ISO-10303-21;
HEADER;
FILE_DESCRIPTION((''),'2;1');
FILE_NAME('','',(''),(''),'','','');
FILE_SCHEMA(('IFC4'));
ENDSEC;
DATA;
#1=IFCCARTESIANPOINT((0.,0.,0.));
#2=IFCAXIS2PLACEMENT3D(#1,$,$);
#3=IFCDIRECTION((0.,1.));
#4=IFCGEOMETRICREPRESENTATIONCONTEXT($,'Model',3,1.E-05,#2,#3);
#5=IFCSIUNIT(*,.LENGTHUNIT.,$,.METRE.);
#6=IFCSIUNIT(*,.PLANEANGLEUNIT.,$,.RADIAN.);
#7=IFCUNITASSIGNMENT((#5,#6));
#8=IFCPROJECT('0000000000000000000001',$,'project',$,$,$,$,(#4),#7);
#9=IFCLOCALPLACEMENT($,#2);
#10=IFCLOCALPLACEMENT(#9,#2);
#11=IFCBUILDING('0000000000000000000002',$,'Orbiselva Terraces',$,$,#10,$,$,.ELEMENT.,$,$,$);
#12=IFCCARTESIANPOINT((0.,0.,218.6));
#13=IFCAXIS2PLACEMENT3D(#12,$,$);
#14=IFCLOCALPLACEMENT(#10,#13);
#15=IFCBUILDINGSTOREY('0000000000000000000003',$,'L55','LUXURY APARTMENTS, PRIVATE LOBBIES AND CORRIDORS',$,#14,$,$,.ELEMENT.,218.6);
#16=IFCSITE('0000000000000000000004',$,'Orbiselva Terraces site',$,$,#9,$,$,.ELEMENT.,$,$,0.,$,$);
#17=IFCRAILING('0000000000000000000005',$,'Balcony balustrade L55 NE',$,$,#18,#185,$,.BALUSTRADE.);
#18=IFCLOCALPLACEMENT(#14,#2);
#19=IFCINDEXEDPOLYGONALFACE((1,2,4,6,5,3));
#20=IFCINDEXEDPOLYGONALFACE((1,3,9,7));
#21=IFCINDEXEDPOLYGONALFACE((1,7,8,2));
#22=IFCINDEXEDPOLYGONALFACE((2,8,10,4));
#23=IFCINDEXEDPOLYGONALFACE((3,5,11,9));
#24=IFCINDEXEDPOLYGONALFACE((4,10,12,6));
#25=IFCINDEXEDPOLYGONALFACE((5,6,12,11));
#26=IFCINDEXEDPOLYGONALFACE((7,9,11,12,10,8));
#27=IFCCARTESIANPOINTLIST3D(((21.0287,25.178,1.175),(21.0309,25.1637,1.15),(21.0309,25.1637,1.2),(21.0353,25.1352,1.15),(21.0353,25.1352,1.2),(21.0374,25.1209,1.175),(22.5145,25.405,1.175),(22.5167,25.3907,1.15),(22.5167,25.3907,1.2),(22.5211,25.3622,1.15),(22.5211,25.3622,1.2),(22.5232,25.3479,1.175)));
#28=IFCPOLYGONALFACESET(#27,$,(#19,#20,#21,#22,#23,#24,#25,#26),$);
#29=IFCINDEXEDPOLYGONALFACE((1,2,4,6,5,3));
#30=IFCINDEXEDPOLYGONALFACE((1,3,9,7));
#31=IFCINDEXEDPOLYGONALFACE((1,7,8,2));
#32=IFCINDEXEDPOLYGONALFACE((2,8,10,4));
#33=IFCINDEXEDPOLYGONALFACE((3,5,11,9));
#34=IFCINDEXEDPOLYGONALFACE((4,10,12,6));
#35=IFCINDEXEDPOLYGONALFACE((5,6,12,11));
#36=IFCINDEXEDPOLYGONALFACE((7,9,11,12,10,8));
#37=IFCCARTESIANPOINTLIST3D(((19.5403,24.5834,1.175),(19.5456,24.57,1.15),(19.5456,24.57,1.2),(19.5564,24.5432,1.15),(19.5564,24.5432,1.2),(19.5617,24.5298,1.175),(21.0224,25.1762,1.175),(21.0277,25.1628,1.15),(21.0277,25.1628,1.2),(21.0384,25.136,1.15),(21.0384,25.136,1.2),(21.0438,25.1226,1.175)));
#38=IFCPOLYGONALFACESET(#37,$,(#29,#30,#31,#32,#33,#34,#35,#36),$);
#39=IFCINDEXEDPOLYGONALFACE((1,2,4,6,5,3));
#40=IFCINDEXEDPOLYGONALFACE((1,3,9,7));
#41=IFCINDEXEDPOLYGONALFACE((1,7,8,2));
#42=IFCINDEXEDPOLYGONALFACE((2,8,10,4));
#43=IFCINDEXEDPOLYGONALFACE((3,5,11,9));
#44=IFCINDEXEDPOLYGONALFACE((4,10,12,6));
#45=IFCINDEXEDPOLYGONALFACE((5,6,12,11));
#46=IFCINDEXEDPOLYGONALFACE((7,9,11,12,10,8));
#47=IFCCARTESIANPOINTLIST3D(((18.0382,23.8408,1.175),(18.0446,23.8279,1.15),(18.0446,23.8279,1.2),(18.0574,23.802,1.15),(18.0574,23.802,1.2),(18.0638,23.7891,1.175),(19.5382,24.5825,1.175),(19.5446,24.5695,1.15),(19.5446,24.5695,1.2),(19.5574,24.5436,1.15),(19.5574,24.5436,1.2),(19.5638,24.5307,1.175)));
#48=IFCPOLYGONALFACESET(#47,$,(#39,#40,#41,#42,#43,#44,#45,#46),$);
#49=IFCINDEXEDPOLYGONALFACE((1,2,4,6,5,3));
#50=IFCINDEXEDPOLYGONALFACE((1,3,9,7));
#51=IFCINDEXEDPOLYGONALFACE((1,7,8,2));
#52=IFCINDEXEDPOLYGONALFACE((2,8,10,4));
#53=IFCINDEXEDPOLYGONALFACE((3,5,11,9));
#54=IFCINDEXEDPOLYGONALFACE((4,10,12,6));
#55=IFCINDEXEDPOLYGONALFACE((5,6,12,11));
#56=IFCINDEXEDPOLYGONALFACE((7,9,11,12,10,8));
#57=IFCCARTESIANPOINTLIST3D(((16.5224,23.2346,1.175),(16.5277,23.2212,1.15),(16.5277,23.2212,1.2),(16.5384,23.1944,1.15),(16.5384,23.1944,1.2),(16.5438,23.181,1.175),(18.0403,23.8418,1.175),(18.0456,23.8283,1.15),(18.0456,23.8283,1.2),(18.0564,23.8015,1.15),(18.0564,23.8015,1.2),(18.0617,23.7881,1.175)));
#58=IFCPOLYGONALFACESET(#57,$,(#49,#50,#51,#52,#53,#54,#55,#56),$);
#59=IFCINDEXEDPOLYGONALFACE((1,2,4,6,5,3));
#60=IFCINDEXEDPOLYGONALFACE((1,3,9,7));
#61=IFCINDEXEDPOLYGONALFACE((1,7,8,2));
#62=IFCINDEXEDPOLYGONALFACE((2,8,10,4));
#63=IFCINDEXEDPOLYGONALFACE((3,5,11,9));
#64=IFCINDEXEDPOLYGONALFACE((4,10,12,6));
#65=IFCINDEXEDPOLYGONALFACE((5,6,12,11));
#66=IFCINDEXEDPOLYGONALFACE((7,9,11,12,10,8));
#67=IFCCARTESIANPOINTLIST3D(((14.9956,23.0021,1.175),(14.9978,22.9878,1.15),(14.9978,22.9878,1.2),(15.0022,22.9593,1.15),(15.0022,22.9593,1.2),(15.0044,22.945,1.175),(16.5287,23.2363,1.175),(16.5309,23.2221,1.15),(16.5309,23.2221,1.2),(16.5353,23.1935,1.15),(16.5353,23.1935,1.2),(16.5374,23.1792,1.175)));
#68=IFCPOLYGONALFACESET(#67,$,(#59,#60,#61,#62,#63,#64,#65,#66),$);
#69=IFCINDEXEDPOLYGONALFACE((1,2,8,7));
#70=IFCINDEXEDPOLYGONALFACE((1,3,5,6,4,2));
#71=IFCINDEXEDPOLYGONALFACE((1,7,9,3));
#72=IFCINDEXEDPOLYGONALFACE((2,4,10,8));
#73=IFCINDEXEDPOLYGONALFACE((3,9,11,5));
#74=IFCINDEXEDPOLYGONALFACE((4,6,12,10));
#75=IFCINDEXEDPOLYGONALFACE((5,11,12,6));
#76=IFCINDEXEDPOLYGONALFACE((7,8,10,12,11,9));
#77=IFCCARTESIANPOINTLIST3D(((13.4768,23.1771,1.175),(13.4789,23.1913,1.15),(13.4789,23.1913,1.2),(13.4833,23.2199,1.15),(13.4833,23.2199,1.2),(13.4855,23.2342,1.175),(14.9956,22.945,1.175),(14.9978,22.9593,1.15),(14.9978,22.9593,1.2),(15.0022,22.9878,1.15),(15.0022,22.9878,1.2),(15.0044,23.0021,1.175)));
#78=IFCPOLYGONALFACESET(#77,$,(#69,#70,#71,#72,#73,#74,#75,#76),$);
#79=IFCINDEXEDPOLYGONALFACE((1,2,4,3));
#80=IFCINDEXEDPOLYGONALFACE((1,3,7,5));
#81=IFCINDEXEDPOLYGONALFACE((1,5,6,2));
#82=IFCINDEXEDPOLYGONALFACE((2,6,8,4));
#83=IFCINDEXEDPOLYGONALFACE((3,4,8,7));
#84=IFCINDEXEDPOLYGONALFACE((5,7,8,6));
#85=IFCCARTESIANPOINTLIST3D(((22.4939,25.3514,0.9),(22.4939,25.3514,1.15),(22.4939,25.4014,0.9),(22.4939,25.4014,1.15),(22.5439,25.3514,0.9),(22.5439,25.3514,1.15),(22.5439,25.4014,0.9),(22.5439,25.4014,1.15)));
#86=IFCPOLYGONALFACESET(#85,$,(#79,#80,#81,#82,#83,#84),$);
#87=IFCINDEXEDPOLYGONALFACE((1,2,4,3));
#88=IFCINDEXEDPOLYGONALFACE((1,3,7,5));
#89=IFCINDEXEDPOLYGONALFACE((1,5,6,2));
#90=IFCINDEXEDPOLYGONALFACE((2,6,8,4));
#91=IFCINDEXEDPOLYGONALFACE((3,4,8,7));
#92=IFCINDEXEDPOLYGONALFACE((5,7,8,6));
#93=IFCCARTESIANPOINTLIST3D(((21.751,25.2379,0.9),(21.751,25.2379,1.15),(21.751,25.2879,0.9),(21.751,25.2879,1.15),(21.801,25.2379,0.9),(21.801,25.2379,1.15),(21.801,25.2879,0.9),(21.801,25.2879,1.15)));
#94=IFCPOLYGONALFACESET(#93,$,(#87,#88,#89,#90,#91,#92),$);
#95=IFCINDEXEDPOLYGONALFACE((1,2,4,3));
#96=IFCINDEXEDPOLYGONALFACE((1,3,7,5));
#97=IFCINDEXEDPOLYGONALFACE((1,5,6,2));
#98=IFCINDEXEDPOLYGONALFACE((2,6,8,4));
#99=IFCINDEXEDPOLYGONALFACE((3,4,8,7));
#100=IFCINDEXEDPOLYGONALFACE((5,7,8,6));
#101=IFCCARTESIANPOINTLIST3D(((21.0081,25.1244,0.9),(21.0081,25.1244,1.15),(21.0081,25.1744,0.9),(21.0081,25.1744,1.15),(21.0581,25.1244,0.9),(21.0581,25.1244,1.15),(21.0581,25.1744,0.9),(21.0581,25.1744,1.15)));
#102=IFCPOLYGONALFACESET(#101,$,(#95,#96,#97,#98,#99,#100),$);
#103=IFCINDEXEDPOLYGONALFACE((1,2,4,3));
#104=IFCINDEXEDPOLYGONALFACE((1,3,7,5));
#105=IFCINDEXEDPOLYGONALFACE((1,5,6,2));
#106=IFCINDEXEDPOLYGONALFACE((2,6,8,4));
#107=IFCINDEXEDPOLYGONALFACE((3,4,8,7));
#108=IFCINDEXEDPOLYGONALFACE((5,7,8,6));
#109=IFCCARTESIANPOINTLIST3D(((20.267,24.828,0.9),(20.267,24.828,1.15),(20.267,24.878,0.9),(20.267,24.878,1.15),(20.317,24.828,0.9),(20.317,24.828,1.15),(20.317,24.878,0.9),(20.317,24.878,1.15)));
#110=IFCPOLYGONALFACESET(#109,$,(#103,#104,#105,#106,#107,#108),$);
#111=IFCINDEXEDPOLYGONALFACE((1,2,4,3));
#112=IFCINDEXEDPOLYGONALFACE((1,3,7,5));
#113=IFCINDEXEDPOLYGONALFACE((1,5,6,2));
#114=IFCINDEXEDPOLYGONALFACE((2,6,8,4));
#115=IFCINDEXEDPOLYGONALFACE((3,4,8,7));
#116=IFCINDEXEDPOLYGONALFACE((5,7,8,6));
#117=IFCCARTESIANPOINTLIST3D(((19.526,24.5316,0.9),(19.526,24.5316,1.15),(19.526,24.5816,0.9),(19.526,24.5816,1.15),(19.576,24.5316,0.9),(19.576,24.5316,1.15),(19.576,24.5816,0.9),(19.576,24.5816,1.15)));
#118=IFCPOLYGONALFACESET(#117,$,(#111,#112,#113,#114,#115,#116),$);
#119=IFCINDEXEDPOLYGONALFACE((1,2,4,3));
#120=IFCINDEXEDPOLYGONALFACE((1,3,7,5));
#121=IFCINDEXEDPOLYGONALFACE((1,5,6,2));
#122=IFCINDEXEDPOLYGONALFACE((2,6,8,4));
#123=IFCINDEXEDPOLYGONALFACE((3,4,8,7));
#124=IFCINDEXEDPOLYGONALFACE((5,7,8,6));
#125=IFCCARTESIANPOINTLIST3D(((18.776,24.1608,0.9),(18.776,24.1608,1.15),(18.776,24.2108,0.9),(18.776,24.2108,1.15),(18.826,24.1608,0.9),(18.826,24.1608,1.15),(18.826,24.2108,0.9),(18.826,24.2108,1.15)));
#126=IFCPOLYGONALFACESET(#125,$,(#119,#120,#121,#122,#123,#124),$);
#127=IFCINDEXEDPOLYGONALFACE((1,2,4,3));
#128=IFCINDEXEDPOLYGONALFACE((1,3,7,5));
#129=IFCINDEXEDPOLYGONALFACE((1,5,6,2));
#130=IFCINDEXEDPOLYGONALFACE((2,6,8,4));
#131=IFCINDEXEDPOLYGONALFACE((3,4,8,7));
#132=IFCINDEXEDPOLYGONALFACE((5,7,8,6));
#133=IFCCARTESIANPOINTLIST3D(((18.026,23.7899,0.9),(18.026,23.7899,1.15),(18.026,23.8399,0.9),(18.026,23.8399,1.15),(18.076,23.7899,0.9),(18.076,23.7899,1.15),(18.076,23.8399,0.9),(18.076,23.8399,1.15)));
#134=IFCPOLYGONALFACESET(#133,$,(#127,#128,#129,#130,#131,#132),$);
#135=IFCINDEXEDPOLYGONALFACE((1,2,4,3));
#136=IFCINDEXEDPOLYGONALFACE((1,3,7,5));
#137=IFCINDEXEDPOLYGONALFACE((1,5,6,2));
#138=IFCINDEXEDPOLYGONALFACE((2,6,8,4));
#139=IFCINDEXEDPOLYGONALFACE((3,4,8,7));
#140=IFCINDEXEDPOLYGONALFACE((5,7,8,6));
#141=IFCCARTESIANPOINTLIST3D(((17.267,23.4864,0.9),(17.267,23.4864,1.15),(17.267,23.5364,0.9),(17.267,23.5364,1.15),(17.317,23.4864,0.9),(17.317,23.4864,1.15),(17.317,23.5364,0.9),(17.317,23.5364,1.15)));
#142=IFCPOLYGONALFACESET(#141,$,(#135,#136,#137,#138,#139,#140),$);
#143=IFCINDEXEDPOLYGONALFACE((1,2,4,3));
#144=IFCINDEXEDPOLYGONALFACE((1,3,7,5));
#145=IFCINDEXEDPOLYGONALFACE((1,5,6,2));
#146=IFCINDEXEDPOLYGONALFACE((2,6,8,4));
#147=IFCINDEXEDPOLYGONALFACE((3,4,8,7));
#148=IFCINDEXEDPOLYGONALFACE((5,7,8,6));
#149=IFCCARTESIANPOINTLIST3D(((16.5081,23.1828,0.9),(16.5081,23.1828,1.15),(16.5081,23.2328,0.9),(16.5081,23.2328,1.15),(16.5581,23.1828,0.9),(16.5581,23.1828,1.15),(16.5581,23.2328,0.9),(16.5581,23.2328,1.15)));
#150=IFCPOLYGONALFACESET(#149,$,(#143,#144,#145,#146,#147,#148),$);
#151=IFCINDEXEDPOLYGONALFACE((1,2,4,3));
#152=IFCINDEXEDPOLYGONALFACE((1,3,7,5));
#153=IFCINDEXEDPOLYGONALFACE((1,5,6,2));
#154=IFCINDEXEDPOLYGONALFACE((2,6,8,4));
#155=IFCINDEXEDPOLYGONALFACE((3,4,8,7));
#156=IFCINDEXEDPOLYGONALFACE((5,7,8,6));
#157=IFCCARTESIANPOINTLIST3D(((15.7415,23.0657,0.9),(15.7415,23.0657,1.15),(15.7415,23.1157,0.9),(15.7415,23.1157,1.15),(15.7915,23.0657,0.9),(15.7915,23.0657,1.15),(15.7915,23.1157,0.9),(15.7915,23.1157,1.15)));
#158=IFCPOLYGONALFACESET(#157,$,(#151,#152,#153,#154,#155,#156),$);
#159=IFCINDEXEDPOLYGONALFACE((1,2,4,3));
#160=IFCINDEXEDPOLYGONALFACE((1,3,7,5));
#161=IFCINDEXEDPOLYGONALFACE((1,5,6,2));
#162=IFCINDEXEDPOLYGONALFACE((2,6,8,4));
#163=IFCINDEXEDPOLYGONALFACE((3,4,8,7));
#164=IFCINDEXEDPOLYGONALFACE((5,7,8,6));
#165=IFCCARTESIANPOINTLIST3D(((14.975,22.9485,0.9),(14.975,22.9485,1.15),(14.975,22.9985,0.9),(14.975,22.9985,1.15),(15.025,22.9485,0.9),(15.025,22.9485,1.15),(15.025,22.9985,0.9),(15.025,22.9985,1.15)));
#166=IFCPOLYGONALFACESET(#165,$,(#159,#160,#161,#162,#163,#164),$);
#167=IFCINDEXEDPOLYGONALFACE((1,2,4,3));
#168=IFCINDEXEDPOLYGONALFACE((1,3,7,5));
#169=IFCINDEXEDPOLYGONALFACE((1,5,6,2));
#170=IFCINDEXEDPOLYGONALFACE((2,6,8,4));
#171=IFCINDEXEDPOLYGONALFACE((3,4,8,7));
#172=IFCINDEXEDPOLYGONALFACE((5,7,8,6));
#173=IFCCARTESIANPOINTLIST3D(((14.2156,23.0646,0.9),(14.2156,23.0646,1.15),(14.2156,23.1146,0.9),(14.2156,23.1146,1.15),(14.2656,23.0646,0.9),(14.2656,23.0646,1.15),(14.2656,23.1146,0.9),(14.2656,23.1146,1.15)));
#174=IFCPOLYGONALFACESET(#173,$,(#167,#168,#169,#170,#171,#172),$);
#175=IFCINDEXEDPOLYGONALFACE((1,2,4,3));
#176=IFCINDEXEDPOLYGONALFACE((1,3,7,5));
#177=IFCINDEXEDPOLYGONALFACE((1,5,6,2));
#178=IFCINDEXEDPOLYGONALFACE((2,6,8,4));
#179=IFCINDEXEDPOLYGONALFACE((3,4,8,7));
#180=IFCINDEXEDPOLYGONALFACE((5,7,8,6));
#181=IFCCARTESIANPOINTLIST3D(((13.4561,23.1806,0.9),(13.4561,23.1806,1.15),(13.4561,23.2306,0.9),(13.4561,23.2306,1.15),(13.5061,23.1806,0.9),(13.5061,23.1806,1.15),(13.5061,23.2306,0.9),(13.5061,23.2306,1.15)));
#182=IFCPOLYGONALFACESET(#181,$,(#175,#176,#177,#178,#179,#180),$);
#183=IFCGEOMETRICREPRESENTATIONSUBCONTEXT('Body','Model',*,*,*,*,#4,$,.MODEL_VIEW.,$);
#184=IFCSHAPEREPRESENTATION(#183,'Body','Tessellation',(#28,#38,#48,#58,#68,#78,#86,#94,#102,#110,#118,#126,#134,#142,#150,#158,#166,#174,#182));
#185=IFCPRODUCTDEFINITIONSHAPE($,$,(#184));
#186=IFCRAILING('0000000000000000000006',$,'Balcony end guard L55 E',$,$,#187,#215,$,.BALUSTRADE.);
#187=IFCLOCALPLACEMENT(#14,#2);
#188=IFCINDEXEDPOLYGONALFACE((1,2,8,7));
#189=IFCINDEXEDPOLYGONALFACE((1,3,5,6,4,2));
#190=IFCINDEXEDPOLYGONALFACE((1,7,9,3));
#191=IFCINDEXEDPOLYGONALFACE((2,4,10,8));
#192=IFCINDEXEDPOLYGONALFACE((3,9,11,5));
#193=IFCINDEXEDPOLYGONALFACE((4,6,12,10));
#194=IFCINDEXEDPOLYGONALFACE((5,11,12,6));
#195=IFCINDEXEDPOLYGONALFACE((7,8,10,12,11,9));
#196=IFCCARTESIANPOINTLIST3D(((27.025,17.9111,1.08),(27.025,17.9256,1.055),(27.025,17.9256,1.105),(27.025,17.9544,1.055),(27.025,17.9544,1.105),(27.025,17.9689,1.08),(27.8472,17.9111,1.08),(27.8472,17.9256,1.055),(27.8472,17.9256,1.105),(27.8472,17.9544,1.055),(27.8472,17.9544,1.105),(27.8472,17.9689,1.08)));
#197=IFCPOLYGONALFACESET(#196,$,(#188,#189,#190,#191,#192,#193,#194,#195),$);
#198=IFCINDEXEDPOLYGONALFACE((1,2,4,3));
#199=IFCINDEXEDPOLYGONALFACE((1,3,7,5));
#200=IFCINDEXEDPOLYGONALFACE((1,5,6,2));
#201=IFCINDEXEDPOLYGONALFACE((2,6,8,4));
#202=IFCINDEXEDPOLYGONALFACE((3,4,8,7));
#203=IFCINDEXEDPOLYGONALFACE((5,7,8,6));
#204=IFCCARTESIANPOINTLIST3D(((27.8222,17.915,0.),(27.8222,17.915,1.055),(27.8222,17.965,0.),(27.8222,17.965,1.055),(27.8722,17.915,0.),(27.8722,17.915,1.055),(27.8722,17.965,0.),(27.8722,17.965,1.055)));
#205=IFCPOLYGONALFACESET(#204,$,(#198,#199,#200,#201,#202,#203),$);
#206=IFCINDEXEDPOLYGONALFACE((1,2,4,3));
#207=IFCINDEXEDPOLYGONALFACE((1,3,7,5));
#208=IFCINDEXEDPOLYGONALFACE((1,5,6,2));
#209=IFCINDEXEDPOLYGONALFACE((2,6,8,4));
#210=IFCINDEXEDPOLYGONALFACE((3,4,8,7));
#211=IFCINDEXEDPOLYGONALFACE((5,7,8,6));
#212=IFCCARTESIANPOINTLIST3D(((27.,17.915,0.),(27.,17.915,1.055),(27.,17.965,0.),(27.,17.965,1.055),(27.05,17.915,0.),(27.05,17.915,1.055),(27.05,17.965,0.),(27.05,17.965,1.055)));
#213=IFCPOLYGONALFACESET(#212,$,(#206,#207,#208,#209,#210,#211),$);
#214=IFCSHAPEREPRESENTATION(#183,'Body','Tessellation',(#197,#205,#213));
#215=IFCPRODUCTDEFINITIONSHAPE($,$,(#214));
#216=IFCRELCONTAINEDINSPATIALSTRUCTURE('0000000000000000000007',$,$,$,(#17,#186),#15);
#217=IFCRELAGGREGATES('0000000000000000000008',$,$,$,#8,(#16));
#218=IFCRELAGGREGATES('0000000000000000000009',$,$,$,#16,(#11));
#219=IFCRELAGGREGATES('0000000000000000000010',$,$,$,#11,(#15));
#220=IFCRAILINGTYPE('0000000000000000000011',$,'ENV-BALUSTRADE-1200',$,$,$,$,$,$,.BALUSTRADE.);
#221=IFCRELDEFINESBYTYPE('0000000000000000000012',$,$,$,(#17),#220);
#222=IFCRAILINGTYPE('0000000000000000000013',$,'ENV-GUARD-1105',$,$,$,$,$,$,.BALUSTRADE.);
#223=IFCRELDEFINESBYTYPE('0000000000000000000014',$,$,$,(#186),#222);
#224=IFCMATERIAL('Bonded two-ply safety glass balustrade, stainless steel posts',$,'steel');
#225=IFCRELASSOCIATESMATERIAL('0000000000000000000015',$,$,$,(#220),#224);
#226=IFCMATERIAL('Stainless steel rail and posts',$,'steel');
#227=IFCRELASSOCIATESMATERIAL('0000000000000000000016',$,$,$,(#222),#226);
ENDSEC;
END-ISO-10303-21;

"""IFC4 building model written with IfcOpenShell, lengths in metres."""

from ifc_helpers import new_model, si_unit, direction, frame, origin, origin_2d, place, context, subcontext, project, spatial, polyline, rectangle, outline, extrude, material, type_object, element, save


model = new_model("IFC4")

# Units and contexts
model_context = context("Model", 3, precision=1e-05, world=origin(), true_north=direction((0.0, 1.0)))
body_context = subcontext(model_context, "Body", "Model", "MODEL_VIEW")
ifc_project = project(units=[si_unit("LENGTHUNIT", "METRE"), si_unit("PLANEANGLEUNIT", "RADIAN")], contexts=[model_context])

# Site, building, storey
site_placement = place(None, origin())
site = spatial("IfcSite", under=ifc_project, at=site_placement, Name="Orbiselva Terraces site", CompositionType="ELEMENT", RefElevation=0.0)
building_placement = place(site_placement, origin())
building = spatial("IfcBuilding", under=site, at=building_placement, Name="Orbiselva Terraces", CompositionType="ELEMENT")
storey_placement = place(building_placement, frame((0.0, 0.0, 218.6)))
storey = spatial("IfcBuildingStorey", under=building, at=storey_placement, Name="L55", Description="LUXURY APARTMENTS, PRIVATE LOBBIES AND CORRIDORS", CompositionType="ELEMENT", Elevation=218.6)

# Railings
ifc_material_1 = material(Name="Bonded two-ply safety glass balustrade, stainless steel posts", Category="steel")
railing_type_1 = type_object("IfcRailingType", Name="ENV-BALUSTRADE-1200", PredefinedType="BALUSTRADE", material=ifc_material_1)
railing_1_placement = place(storey_placement, frame((22.5189, 25.3764, 0.9)))
element("IfcRailing", 1, at=railing_1_placement, inside=storey, type_object=railing_type_1, Name="Balcony balustrade L55 NE", PredefinedType="BALUSTRADE", context=body_context, shape_type="SweptSolid", body=[
    extrude(outline(polyline([(0.0289, 0.0), (0.0144, 0.025), (-0.0144, 0.025), (-0.0289, 0.0), (-0.0144, -0.025), (0.0144, -0.025), (0.0289, 0.0)])), frame((0.0, 0.0, 0.275), z_axis=(-0.988529, -0.151034, 0.0), x_axis=(0.151034, -0.988529, 0.0)), (0.0, 0.0, 1.0), 1.503),
    extrude(outline(polyline([(0.0289, 0.0), (0.0144, 0.025), (-0.0144, 0.025), (-0.0289, 0.0), (-0.0144, -0.025), (0.0144, -0.025), (0.0289, 0.0)])), frame((-1.4858, -0.227, 0.275), z_axis=(-0.928477, -0.371391, 0.0), x_axis=(0.371391, -0.928477, 0.0)), (0.0, 0.0, 1.0), 1.5963),
    extrude(outline(polyline([(0.0289, 0.0), (0.0144, 0.025), (-0.0144, 0.025), (-0.0289, 0.0), (-0.0144, -0.025), (0.0144, -0.025), (0.0289, 0.0)])), frame((-2.9679, -0.8198, 0.275), z_axis=(-0.896417, -0.443212, 0.0), x_axis=(0.443212, -0.896417, 0.0)), (0.0, 0.0, 1.0), 1.6733),
    extrude(outline(polyline([(0.0289, 0.0), (0.0144, 0.025), (-0.0144, 0.025), (-0.0289, 0.0), (-0.0144, -0.025), (0.0144, -0.025), (0.0289, 0.0)])), frame((-4.4679, -1.5615, 0.275), z_axis=(-0.928477, -0.37139, 0.0), x_axis=(0.37139, -0.928477, 0.0)), (0.0, 0.0, 1.0), 1.6348),
    extrude(outline(polyline([(0.0289, 0.0), (0.0144, 0.025), (-0.0144, 0.025), (-0.0289, 0.0), (-0.0144, -0.025), (0.0144, -0.025), (0.0289, 0.0)])), frame((-5.9858, -2.1686, 0.275), z_axis=(-0.988529, -0.151034, 0.0), x_axis=(0.151034, -0.988529, 0.0)), (0.0, 0.0, 1.0), 1.5509),
    extrude(outline(polyline([(0.0289, 0.0), (0.0144, 0.025), (-0.0144, 0.025), (-0.0289, 0.0), (-0.0144, -0.025), (0.0144, -0.025), (0.0289, 0.0)])), frame((-7.5189, -2.4029, 0.275), z_axis=(-0.988529, 0.151034, 0.0), x_axis=(-0.151034, -0.988529, 0.0)), (0.0, 0.0, 1.0), 1.5365),
    extrude(rectangle(XDim=0.05, YDim=0.05, at=origin_2d()), origin(), (0.0, 0.0, 1.0), 0.25),
    extrude(rectangle(XDim=0.05, YDim=0.05, at=origin_2d()), frame((-0.7429, -0.1135, 0.0)), (0.0, 0.0, 1.0), 0.25),
    extrude(rectangle(XDim=0.05, YDim=0.05, at=origin_2d()), frame((-1.4858, -0.227, 0.0)), (0.0, 0.0, 1.0), 0.25),
    extrude(rectangle(XDim=0.05, YDim=0.05, at=origin_2d()), frame((-2.2268, -0.5234, 0.0)), (0.0, 0.0, 1.0), 0.25),
    extrude(rectangle(XDim=0.05, YDim=0.05, at=origin_2d()), frame((-2.9679, -0.8198, 0.0)), (0.0, 0.0, 1.0), 0.25),
    extrude(rectangle(XDim=0.05, YDim=0.05, at=origin_2d()), frame((-3.7179, -1.1907, 0.0)), (0.0, 0.0, 1.0), 0.25),
    extrude(rectangle(XDim=0.05, YDim=0.05, at=origin_2d()), frame((-4.4679, -1.5615, 0.0)), (0.0, 0.0, 1.0), 0.25),
    extrude(rectangle(XDim=0.05, YDim=0.05, at=origin_2d()), frame((-5.2268, -1.8651, 0.0)), (0.0, 0.0, 1.0), 0.25),
    extrude(rectangle(XDim=0.05, YDim=0.05, at=origin_2d()), frame((-5.9858, -2.1686, 0.0)), (0.0, 0.0, 1.0), 0.25),
    extrude(rectangle(XDim=0.05, YDim=0.05, at=origin_2d()), frame((-6.7523, -2.2858, 0.0)), (0.0, 0.0, 1.0), 0.25),
    extrude(rectangle(XDim=0.05, YDim=0.05, at=origin_2d()), frame((-7.5189, -2.4029, 0.0)), (0.0, 0.0, 1.0), 0.25),
    extrude(rectangle(XDim=0.05, YDim=0.05, at=origin_2d()), frame((-8.2783, -2.2869, 0.0)), (0.0, 0.0, 1.0), 0.25),
    extrude(rectangle(XDim=0.05, YDim=0.05, at=origin_2d()), frame((-9.0378, -2.1708, 0.0)), (0.0, 0.0, 1.0), 0.25),
])
ifc_material_2 = material(Name="Stainless steel rail and posts", Category="steel")
railing_type_2 = type_object("IfcRailingType", Name="ENV-GUARD-1105", PredefinedType="BALUSTRADE", material=ifc_material_2)
railing_2_placement = place(storey_placement, frame((27.8472, 17.94, 0.0)))
element("IfcRailing", 2, at=railing_2_placement, inside=storey, type_object=railing_type_2, Name="Balcony end guard L55 E", PredefinedType="BALUSTRADE", context=body_context, shape_type="SweptSolid", body=[
    extrude(outline(polyline([(0.0289, 0.0), (0.0144, 0.025), (-0.0144, 0.025), (-0.0289, 0.0), (-0.0144, -0.025), (0.0144, -0.025), (0.0289, 0.0)])), frame((0.0, 0.0, 1.08), z_axis=(-1.0, 0.0, 0.0), x_axis=(0.0, -1.0, 0.0)), (0.0, 0.0, 1.0), 0.8222),
    extrude(rectangle(XDim=0.05, YDim=0.05, at=origin_2d()), origin(), (0.0, 0.0, 1.0), 1.055),
    extrude(rectangle(XDim=0.05, YDim=0.05, at=origin_2d()), frame((-0.8222, 0.0, 0.0)), (0.0, 0.0, 1.0), 1.055),
])

save(model, "model.ifc")
